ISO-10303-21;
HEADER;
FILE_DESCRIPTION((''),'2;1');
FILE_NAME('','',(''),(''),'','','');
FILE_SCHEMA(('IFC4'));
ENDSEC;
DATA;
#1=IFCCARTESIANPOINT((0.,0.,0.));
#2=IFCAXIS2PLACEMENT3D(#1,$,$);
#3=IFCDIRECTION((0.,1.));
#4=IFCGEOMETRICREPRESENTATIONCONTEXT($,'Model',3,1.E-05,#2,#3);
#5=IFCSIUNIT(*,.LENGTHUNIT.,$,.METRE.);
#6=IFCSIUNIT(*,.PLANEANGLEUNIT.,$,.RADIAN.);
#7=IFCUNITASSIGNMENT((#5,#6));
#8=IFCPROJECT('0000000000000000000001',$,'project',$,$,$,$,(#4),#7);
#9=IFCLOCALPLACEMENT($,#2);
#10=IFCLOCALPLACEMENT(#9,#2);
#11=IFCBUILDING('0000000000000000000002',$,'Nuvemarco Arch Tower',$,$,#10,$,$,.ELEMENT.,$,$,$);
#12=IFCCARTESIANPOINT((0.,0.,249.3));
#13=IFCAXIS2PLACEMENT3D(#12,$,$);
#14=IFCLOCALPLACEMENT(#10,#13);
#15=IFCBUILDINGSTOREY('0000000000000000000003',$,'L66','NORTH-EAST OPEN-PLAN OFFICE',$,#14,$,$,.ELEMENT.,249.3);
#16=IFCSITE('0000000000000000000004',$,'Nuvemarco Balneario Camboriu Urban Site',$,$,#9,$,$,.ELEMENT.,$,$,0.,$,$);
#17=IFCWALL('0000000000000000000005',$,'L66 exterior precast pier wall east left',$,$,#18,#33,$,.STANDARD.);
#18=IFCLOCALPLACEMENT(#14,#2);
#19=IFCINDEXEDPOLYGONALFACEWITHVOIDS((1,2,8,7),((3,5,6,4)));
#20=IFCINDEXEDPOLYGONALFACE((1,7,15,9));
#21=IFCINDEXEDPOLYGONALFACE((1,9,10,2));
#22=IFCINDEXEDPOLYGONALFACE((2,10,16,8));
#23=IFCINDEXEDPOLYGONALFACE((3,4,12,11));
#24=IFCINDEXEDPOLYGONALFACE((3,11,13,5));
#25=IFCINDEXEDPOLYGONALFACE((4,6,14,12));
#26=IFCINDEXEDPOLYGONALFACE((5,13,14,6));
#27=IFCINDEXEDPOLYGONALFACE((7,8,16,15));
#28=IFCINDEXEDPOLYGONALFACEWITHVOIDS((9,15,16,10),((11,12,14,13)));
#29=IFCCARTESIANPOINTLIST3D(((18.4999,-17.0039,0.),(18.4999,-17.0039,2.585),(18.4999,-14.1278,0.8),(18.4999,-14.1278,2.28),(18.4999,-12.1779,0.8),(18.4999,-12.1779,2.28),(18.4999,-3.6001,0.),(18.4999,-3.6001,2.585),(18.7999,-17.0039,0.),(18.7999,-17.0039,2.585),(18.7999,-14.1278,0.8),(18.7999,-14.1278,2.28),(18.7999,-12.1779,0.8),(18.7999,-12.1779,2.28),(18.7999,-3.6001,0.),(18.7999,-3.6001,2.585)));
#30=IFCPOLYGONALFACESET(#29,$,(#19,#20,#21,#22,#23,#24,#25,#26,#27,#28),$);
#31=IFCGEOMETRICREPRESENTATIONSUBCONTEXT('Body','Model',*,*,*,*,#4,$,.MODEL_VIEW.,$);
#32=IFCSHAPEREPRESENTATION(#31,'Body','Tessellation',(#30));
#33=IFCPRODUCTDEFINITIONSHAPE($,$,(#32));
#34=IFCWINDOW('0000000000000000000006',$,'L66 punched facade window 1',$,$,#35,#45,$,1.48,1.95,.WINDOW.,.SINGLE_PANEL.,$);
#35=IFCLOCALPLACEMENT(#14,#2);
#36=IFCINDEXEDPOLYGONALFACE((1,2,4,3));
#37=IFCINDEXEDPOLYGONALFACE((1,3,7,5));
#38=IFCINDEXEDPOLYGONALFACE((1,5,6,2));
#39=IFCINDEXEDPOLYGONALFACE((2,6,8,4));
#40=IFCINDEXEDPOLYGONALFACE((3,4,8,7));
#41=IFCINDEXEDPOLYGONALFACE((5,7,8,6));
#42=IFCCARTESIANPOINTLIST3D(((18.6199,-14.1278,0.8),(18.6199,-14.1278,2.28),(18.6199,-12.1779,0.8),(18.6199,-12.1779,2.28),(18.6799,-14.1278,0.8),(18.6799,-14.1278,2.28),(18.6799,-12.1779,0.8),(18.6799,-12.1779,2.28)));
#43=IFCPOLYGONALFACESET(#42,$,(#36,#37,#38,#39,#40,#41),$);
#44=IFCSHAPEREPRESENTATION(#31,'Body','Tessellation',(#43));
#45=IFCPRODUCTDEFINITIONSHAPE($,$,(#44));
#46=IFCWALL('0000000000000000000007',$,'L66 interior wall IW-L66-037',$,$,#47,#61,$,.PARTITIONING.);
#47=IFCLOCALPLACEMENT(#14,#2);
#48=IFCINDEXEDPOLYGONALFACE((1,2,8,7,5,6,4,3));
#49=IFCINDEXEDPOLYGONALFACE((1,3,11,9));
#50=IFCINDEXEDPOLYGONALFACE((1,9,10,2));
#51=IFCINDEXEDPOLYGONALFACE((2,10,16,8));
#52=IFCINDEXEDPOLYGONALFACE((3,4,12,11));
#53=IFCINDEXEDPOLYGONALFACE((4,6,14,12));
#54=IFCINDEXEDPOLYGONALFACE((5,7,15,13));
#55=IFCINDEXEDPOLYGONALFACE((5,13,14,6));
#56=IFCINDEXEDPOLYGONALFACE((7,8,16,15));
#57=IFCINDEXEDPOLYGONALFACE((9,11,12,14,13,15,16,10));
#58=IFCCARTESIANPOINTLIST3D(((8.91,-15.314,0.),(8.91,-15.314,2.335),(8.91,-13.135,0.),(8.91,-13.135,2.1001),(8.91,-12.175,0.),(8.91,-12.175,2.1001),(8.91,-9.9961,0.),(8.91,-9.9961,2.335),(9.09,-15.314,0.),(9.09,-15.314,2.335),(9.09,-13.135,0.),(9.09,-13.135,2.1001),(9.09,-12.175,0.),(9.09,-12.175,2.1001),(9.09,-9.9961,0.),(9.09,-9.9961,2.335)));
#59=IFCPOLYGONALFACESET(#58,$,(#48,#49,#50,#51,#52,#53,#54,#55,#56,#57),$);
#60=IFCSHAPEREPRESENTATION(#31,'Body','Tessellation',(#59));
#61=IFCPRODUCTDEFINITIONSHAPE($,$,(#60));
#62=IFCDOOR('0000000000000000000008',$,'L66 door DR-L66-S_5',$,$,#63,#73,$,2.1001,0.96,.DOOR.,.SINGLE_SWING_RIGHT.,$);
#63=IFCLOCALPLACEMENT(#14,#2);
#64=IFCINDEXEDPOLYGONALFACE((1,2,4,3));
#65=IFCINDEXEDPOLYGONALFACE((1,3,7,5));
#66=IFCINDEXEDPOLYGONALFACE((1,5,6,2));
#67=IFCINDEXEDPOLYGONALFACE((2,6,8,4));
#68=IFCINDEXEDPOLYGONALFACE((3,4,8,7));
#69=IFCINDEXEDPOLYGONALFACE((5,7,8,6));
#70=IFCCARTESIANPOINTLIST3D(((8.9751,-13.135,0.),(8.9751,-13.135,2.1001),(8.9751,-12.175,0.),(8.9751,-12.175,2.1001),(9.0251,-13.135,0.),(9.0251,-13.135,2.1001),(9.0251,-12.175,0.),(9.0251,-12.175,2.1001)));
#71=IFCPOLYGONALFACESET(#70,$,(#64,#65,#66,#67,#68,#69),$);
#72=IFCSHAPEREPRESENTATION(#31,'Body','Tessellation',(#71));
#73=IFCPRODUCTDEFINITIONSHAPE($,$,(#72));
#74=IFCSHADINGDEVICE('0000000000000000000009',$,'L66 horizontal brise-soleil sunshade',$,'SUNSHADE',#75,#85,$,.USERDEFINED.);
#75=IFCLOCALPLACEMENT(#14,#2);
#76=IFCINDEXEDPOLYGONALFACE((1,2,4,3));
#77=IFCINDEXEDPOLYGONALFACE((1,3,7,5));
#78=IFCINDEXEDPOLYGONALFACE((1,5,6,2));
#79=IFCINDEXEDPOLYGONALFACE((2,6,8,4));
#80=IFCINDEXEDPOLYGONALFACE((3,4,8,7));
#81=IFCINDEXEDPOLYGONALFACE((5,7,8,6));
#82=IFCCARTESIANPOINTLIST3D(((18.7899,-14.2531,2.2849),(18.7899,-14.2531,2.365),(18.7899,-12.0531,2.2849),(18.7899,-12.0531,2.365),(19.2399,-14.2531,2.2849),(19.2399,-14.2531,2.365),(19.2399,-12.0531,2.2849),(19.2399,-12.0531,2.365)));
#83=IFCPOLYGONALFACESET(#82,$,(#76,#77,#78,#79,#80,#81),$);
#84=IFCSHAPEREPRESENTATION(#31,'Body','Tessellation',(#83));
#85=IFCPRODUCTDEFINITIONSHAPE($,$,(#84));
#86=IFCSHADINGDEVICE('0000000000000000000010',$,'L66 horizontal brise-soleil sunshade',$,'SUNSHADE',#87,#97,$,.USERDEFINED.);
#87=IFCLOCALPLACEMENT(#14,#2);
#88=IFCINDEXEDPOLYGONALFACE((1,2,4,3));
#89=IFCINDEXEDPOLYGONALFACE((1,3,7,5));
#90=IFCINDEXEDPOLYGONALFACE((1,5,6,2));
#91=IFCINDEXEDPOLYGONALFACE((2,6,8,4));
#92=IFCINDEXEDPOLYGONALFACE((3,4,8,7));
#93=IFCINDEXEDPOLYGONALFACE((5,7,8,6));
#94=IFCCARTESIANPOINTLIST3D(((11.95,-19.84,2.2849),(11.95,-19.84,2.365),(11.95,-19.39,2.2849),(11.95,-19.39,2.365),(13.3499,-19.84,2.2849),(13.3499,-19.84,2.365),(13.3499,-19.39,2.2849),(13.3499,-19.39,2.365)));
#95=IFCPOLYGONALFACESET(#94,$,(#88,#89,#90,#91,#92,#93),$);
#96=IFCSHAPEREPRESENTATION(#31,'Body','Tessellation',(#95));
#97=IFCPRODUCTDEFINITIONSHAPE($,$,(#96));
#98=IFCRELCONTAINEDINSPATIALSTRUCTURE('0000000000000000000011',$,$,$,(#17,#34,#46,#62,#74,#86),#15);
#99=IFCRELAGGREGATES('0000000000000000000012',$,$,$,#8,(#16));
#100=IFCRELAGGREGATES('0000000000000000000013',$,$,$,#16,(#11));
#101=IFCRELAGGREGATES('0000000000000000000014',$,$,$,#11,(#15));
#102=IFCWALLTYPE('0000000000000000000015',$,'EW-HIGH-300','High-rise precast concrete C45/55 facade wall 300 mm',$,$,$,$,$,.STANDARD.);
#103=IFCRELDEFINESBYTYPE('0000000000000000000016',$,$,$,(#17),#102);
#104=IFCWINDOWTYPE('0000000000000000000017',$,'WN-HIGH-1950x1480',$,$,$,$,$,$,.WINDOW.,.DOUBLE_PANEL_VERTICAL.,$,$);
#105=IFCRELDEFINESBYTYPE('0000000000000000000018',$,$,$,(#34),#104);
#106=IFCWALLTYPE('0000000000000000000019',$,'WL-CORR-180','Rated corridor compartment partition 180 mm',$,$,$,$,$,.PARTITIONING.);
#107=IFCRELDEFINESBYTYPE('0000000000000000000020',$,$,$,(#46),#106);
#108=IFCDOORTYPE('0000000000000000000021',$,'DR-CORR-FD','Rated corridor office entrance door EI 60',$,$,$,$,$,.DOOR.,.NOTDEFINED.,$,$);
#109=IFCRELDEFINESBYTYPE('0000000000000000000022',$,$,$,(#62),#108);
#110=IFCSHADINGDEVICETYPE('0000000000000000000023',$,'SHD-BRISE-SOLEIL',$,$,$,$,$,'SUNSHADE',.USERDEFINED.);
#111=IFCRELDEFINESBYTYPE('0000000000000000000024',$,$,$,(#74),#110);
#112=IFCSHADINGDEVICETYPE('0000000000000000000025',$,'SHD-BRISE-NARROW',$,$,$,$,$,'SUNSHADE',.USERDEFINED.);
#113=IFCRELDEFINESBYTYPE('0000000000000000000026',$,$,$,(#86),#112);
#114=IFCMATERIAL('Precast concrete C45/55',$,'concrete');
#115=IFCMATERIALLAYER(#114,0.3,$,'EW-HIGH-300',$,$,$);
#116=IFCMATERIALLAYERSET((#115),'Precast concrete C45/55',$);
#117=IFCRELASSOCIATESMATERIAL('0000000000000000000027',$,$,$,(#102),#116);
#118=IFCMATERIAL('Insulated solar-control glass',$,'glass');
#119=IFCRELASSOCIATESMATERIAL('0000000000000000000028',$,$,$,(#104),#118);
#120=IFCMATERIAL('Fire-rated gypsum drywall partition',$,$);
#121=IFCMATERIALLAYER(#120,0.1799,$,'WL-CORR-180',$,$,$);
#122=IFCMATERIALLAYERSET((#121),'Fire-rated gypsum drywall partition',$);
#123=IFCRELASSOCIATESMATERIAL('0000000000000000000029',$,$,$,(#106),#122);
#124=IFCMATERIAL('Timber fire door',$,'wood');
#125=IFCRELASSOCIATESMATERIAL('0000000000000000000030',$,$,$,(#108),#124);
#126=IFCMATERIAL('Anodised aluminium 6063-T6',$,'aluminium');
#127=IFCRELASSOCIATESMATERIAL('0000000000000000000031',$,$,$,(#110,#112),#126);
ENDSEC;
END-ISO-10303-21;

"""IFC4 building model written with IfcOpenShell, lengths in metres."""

from ifc_helpers import new_model, si_unit, direction, frame, frame_2d, origin, origin_2d, place, context, subcontext, project, spatial, rectangle, extrude, source, transform, mapped, material, layer, layer_set, type_object, type_shapes, element, fill, save


model = new_model("IFC4")

# Units and contexts
model_context = context("Model", 3, precision=1e-05, world=origin(), true_north=direction((0.0, 1.0)))
body_context = subcontext(model_context, "Body", "Model", "MODEL_VIEW")
ifc_project = project(units=[si_unit("LENGTHUNIT", "METRE"), si_unit("PLANEANGLEUNIT", "RADIAN")], contexts=[model_context])

# Site, building, storey
site_placement = place(None, origin())
site = spatial("IfcSite", under=ifc_project, at=site_placement, Name="Nuvemarco Balneario Camboriu Urban Site", CompositionType="ELEMENT", RefElevation=0.0)
building_placement = place(site_placement, origin())
building = spatial("IfcBuilding", under=site, at=building_placement, Name="Nuvemarco Arch Tower", CompositionType="ELEMENT")
storey_placement = place(building_placement, frame((0.0, 0.0, 249.3)))
storey = spatial("IfcBuildingStorey", under=building, at=storey_placement, Name="L66", Description="NORTH-EAST OPEN-PLAN OFFICE", CompositionType="ELEMENT", Elevation=249.3)

# Shared definitions
ifc_material_1 = material(Name="Precast concrete C45/55", Category="concrete")

# Shared definitions
ifc_layer_1 = layer(ifc_material_1, 0.3, Name="EW-HIGH-300")
ifc_layer_set_1 = layer_set([ifc_layer_1], Name="Precast concrete C45/55")
wall_type_1 = type_object("IfcWallType", Name="EW-HIGH-300", Description="High-rise precast concrete C45/55 facade wall 300 mm", PredefinedType="STANDARD", material=ifc_layer_set_1)

# Wall, opening, window
wall_1_placement = place(storey_placement, frame((18.6499, -17.0039, 0.0), z_axis=(0.0, 0.0, 1.0), x_axis=(0.0, 1.0, 0.0)))
wall_1 = element("IfcWall", 1, at=wall_1_placement, inside=storey, type_object=wall_type_1, Name="L66 exterior precast pier wall east left", PredefinedType="STANDARD", context=body_context, shape_type="SweptSolid", body=[
    extrude(rectangle(XDim=13.4038, YDim=0.3, at=frame_2d((6.7019, 0.0))), origin(), (0.0, 0.0, 1.0), 2.585),
])
opening_1_placement = place(wall_1_placement, frame((2.876, 0.0, 0.8)))
opening_1 = element("IfcOpeningElement", 2, at=opening_1_placement, cuts=wall_1, PredefinedType="OPENING", context=body_context, shape_type="SweptSolid", body=[
    extrude(rectangle(XDim=1.95, YDim=1.48, at=frame_2d((0.9751, 0.74))), frame((0.0, 0.1599, 0.0), z_axis=(0.0, -1.0, 0.0), x_axis=(1.0, 0.0, 0.0)), (0.0, 0.0, 1.0), 0.3201),
])
ifc_material_2 = material(Name="Insulated solar-control glass", Category="glass")
window_type = type_object("IfcWindowType", Name="WN-HIGH-1950x1480", PartitioningType="DOUBLE_PANEL_VERTICAL", PredefinedType="WINDOW", material=ifc_material_2)
shared_shape_1 = source(origin(), body_context, "Body", "SweptSolid", [
    extrude(rectangle(XDim=1.95, YDim=1.48, at=frame_2d((0.9751, 0.74))), frame((0.0, 0.03, 0.0), z_axis=(0.0, -1.0, 0.0), x_axis=(1.0, 0.0, 0.0)), (0.0, 0.0, 1.0), 0.0601),
])
type_shapes(window_type, [shared_shape_1])
window_placement = place(opening_1_placement, origin())
window = element("IfcWindow", 3, at=window_placement, inside=storey, type_object=window_type, Name="L66 punched facade window 1", OverallHeight=1.48, OverallWidth=1.95, PartitioningType="SINGLE_PANEL", PredefinedType="WINDOW", context=body_context, shape_type="MappedRepresentation", body=[
    mapped(shared_shape_1, transform((0.0, 0.0, 0.0), scale=1.0)),
])
fill(opening_1, window)

# Wall, opening, door
ifc_material_3 = material(Name="Fire-rated gypsum drywall partition")
ifc_layer_2 = layer(ifc_material_3, 0.1799, Name="WL-CORR-180")
ifc_layer_set_2 = layer_set([ifc_layer_2], Name="Fire-rated gypsum drywall partition")
wall_type_2 = type_object("IfcWallType", Name="WL-CORR-180", Description="Rated corridor compartment partition 180 mm", PredefinedType="PARTITIONING", material=ifc_layer_set_2)
wall_2_placement = place(storey_placement, frame((9.0, -15.314, 0.0), z_axis=(0.0, 0.0, 1.0), x_axis=(0.0, 1.0, 0.0)))
wall_2 = element("IfcWall", 4, at=wall_2_placement, inside=storey, type_object=wall_type_2, Name="L66 interior wall IW-L66-037", PredefinedType="PARTITIONING", context=body_context, shape_type="SweptSolid", body=[
    extrude(rectangle(XDim=5.3179, YDim=0.1799, at=frame_2d((2.6589, 0.0))), origin(), (0.0, 0.0, 1.0), 2.335),
])
opening_2_placement = place(wall_2_placement, frame((2.179, 0.0, 0.0)))
opening_2 = element("IfcOpeningElement", 5, at=opening_2_placement, cuts=wall_2, PredefinedType="OPENING", context=body_context, shape_type="SweptSolid", body=[
    extrude(rectangle(XDim=0.96, YDim=2.1001, at=frame_2d((0.48, 1.05))), frame((0.0, 0.0999, 0.0), z_axis=(0.0, -1.0, 0.0), x_axis=(1.0, 0.0, 0.0)), (0.0, 0.0, 1.0), 0.2),
])
ifc_material_4 = material(Name="Timber fire door", Category="wood")
door_type = type_object("IfcDoorType", Name="DR-CORR-FD", Description="Rated corridor office entrance door EI 60", OperationType="NOTDEFINED", PredefinedType="DOOR", material=ifc_material_4)
shared_shape_2 = source(origin(), body_context, "Body", "SweptSolid", [
    extrude(rectangle(XDim=0.96, YDim=2.1001, at=frame_2d((0.48, 1.05))), frame((0.0, 0.0249, 0.0), z_axis=(0.0, -1.0, 0.0), x_axis=(1.0, 0.0, 0.0)), (0.0, 0.0, 1.0), 0.05),
])
type_shapes(door_type, [shared_shape_2])
door_placement = place(opening_2_placement, origin())
door = element("IfcDoor", 6, at=door_placement, inside=storey, type_object=door_type, Name="L66 door DR-L66-S_5", OperationType="SINGLE_SWING_RIGHT", OverallHeight=2.1001, OverallWidth=0.96, PredefinedType="DOOR", context=body_context, shape_type="MappedRepresentation", body=[
    mapped(shared_shape_2, transform((0.0, 0.0, 0.0), scale=1.0)),
])
fill(opening_2, door)

# Shading devices
ifc_material_5 = material(Name="Anodised aluminium 6063-T6", Category="aluminium")
shading_device_type_1 = type_object("IfcShadingDeviceType", Name="SHD-BRISE-SOLEIL", ElementType="SUNSHADE", PredefinedType="USERDEFINED", material=ifc_material_5)
shared_shape_3 = source(origin(), body_context, "Body", "SweptSolid", [
    extrude(rectangle(XDim=2.2, YDim=0.45, at=origin_2d()), origin(), (0.0, 0.0, 1.0), 0.0801),
])
type_shapes(shading_device_type_1, [shared_shape_3])
shading_device_1_placement = place(storey_placement, frame((19.0149, -13.1531, 2.2849), z_axis=(0.0, 0.0, 1.0), x_axis=(0.0, 1.0, 0.0)))
element("IfcShadingDevice", 7, at=shading_device_1_placement, inside=storey, type_object=shading_device_type_1, Name="L66 horizontal brise-soleil sunshade", ObjectType="SUNSHADE", PredefinedType="USERDEFINED", context=body_context, shape_type="MappedRepresentation", body=[
    mapped(shared_shape_3, transform((0.0, 0.0, 0.0), scale=1.0)),
])
shading_device_type_2 = type_object("IfcShadingDeviceType", Name="SHD-BRISE-NARROW", ElementType="SUNSHADE", PredefinedType="USERDEFINED", material=ifc_material_5)
shared_shape_4 = source(origin(), body_context, "Body", "SweptSolid", [
    extrude(rectangle(XDim=1.3999, YDim=0.45, at=origin_2d()), origin(), (0.0, 0.0, 1.0), 0.0801),
])
type_shapes(shading_device_type_2, [shared_shape_4])
shading_device_2_placement = place(storey_placement, frame((12.6499, -19.615, 2.2849), z_axis=(0.0, 0.0, 1.0), x_axis=(1.0, 0.0, 0.0)))
element("IfcShadingDevice", 8, at=shading_device_2_placement, inside=storey, type_object=shading_device_type_2, Name="L66 horizontal brise-soleil sunshade", ObjectType="SUNSHADE", PredefinedType="USERDEFINED", context=body_context, shape_type="MappedRepresentation", body=[
    mapped(shared_shape_4, transform((0.0, 0.0, 0.0), scale=1.0)),
])

save(model, "model.ifc")
